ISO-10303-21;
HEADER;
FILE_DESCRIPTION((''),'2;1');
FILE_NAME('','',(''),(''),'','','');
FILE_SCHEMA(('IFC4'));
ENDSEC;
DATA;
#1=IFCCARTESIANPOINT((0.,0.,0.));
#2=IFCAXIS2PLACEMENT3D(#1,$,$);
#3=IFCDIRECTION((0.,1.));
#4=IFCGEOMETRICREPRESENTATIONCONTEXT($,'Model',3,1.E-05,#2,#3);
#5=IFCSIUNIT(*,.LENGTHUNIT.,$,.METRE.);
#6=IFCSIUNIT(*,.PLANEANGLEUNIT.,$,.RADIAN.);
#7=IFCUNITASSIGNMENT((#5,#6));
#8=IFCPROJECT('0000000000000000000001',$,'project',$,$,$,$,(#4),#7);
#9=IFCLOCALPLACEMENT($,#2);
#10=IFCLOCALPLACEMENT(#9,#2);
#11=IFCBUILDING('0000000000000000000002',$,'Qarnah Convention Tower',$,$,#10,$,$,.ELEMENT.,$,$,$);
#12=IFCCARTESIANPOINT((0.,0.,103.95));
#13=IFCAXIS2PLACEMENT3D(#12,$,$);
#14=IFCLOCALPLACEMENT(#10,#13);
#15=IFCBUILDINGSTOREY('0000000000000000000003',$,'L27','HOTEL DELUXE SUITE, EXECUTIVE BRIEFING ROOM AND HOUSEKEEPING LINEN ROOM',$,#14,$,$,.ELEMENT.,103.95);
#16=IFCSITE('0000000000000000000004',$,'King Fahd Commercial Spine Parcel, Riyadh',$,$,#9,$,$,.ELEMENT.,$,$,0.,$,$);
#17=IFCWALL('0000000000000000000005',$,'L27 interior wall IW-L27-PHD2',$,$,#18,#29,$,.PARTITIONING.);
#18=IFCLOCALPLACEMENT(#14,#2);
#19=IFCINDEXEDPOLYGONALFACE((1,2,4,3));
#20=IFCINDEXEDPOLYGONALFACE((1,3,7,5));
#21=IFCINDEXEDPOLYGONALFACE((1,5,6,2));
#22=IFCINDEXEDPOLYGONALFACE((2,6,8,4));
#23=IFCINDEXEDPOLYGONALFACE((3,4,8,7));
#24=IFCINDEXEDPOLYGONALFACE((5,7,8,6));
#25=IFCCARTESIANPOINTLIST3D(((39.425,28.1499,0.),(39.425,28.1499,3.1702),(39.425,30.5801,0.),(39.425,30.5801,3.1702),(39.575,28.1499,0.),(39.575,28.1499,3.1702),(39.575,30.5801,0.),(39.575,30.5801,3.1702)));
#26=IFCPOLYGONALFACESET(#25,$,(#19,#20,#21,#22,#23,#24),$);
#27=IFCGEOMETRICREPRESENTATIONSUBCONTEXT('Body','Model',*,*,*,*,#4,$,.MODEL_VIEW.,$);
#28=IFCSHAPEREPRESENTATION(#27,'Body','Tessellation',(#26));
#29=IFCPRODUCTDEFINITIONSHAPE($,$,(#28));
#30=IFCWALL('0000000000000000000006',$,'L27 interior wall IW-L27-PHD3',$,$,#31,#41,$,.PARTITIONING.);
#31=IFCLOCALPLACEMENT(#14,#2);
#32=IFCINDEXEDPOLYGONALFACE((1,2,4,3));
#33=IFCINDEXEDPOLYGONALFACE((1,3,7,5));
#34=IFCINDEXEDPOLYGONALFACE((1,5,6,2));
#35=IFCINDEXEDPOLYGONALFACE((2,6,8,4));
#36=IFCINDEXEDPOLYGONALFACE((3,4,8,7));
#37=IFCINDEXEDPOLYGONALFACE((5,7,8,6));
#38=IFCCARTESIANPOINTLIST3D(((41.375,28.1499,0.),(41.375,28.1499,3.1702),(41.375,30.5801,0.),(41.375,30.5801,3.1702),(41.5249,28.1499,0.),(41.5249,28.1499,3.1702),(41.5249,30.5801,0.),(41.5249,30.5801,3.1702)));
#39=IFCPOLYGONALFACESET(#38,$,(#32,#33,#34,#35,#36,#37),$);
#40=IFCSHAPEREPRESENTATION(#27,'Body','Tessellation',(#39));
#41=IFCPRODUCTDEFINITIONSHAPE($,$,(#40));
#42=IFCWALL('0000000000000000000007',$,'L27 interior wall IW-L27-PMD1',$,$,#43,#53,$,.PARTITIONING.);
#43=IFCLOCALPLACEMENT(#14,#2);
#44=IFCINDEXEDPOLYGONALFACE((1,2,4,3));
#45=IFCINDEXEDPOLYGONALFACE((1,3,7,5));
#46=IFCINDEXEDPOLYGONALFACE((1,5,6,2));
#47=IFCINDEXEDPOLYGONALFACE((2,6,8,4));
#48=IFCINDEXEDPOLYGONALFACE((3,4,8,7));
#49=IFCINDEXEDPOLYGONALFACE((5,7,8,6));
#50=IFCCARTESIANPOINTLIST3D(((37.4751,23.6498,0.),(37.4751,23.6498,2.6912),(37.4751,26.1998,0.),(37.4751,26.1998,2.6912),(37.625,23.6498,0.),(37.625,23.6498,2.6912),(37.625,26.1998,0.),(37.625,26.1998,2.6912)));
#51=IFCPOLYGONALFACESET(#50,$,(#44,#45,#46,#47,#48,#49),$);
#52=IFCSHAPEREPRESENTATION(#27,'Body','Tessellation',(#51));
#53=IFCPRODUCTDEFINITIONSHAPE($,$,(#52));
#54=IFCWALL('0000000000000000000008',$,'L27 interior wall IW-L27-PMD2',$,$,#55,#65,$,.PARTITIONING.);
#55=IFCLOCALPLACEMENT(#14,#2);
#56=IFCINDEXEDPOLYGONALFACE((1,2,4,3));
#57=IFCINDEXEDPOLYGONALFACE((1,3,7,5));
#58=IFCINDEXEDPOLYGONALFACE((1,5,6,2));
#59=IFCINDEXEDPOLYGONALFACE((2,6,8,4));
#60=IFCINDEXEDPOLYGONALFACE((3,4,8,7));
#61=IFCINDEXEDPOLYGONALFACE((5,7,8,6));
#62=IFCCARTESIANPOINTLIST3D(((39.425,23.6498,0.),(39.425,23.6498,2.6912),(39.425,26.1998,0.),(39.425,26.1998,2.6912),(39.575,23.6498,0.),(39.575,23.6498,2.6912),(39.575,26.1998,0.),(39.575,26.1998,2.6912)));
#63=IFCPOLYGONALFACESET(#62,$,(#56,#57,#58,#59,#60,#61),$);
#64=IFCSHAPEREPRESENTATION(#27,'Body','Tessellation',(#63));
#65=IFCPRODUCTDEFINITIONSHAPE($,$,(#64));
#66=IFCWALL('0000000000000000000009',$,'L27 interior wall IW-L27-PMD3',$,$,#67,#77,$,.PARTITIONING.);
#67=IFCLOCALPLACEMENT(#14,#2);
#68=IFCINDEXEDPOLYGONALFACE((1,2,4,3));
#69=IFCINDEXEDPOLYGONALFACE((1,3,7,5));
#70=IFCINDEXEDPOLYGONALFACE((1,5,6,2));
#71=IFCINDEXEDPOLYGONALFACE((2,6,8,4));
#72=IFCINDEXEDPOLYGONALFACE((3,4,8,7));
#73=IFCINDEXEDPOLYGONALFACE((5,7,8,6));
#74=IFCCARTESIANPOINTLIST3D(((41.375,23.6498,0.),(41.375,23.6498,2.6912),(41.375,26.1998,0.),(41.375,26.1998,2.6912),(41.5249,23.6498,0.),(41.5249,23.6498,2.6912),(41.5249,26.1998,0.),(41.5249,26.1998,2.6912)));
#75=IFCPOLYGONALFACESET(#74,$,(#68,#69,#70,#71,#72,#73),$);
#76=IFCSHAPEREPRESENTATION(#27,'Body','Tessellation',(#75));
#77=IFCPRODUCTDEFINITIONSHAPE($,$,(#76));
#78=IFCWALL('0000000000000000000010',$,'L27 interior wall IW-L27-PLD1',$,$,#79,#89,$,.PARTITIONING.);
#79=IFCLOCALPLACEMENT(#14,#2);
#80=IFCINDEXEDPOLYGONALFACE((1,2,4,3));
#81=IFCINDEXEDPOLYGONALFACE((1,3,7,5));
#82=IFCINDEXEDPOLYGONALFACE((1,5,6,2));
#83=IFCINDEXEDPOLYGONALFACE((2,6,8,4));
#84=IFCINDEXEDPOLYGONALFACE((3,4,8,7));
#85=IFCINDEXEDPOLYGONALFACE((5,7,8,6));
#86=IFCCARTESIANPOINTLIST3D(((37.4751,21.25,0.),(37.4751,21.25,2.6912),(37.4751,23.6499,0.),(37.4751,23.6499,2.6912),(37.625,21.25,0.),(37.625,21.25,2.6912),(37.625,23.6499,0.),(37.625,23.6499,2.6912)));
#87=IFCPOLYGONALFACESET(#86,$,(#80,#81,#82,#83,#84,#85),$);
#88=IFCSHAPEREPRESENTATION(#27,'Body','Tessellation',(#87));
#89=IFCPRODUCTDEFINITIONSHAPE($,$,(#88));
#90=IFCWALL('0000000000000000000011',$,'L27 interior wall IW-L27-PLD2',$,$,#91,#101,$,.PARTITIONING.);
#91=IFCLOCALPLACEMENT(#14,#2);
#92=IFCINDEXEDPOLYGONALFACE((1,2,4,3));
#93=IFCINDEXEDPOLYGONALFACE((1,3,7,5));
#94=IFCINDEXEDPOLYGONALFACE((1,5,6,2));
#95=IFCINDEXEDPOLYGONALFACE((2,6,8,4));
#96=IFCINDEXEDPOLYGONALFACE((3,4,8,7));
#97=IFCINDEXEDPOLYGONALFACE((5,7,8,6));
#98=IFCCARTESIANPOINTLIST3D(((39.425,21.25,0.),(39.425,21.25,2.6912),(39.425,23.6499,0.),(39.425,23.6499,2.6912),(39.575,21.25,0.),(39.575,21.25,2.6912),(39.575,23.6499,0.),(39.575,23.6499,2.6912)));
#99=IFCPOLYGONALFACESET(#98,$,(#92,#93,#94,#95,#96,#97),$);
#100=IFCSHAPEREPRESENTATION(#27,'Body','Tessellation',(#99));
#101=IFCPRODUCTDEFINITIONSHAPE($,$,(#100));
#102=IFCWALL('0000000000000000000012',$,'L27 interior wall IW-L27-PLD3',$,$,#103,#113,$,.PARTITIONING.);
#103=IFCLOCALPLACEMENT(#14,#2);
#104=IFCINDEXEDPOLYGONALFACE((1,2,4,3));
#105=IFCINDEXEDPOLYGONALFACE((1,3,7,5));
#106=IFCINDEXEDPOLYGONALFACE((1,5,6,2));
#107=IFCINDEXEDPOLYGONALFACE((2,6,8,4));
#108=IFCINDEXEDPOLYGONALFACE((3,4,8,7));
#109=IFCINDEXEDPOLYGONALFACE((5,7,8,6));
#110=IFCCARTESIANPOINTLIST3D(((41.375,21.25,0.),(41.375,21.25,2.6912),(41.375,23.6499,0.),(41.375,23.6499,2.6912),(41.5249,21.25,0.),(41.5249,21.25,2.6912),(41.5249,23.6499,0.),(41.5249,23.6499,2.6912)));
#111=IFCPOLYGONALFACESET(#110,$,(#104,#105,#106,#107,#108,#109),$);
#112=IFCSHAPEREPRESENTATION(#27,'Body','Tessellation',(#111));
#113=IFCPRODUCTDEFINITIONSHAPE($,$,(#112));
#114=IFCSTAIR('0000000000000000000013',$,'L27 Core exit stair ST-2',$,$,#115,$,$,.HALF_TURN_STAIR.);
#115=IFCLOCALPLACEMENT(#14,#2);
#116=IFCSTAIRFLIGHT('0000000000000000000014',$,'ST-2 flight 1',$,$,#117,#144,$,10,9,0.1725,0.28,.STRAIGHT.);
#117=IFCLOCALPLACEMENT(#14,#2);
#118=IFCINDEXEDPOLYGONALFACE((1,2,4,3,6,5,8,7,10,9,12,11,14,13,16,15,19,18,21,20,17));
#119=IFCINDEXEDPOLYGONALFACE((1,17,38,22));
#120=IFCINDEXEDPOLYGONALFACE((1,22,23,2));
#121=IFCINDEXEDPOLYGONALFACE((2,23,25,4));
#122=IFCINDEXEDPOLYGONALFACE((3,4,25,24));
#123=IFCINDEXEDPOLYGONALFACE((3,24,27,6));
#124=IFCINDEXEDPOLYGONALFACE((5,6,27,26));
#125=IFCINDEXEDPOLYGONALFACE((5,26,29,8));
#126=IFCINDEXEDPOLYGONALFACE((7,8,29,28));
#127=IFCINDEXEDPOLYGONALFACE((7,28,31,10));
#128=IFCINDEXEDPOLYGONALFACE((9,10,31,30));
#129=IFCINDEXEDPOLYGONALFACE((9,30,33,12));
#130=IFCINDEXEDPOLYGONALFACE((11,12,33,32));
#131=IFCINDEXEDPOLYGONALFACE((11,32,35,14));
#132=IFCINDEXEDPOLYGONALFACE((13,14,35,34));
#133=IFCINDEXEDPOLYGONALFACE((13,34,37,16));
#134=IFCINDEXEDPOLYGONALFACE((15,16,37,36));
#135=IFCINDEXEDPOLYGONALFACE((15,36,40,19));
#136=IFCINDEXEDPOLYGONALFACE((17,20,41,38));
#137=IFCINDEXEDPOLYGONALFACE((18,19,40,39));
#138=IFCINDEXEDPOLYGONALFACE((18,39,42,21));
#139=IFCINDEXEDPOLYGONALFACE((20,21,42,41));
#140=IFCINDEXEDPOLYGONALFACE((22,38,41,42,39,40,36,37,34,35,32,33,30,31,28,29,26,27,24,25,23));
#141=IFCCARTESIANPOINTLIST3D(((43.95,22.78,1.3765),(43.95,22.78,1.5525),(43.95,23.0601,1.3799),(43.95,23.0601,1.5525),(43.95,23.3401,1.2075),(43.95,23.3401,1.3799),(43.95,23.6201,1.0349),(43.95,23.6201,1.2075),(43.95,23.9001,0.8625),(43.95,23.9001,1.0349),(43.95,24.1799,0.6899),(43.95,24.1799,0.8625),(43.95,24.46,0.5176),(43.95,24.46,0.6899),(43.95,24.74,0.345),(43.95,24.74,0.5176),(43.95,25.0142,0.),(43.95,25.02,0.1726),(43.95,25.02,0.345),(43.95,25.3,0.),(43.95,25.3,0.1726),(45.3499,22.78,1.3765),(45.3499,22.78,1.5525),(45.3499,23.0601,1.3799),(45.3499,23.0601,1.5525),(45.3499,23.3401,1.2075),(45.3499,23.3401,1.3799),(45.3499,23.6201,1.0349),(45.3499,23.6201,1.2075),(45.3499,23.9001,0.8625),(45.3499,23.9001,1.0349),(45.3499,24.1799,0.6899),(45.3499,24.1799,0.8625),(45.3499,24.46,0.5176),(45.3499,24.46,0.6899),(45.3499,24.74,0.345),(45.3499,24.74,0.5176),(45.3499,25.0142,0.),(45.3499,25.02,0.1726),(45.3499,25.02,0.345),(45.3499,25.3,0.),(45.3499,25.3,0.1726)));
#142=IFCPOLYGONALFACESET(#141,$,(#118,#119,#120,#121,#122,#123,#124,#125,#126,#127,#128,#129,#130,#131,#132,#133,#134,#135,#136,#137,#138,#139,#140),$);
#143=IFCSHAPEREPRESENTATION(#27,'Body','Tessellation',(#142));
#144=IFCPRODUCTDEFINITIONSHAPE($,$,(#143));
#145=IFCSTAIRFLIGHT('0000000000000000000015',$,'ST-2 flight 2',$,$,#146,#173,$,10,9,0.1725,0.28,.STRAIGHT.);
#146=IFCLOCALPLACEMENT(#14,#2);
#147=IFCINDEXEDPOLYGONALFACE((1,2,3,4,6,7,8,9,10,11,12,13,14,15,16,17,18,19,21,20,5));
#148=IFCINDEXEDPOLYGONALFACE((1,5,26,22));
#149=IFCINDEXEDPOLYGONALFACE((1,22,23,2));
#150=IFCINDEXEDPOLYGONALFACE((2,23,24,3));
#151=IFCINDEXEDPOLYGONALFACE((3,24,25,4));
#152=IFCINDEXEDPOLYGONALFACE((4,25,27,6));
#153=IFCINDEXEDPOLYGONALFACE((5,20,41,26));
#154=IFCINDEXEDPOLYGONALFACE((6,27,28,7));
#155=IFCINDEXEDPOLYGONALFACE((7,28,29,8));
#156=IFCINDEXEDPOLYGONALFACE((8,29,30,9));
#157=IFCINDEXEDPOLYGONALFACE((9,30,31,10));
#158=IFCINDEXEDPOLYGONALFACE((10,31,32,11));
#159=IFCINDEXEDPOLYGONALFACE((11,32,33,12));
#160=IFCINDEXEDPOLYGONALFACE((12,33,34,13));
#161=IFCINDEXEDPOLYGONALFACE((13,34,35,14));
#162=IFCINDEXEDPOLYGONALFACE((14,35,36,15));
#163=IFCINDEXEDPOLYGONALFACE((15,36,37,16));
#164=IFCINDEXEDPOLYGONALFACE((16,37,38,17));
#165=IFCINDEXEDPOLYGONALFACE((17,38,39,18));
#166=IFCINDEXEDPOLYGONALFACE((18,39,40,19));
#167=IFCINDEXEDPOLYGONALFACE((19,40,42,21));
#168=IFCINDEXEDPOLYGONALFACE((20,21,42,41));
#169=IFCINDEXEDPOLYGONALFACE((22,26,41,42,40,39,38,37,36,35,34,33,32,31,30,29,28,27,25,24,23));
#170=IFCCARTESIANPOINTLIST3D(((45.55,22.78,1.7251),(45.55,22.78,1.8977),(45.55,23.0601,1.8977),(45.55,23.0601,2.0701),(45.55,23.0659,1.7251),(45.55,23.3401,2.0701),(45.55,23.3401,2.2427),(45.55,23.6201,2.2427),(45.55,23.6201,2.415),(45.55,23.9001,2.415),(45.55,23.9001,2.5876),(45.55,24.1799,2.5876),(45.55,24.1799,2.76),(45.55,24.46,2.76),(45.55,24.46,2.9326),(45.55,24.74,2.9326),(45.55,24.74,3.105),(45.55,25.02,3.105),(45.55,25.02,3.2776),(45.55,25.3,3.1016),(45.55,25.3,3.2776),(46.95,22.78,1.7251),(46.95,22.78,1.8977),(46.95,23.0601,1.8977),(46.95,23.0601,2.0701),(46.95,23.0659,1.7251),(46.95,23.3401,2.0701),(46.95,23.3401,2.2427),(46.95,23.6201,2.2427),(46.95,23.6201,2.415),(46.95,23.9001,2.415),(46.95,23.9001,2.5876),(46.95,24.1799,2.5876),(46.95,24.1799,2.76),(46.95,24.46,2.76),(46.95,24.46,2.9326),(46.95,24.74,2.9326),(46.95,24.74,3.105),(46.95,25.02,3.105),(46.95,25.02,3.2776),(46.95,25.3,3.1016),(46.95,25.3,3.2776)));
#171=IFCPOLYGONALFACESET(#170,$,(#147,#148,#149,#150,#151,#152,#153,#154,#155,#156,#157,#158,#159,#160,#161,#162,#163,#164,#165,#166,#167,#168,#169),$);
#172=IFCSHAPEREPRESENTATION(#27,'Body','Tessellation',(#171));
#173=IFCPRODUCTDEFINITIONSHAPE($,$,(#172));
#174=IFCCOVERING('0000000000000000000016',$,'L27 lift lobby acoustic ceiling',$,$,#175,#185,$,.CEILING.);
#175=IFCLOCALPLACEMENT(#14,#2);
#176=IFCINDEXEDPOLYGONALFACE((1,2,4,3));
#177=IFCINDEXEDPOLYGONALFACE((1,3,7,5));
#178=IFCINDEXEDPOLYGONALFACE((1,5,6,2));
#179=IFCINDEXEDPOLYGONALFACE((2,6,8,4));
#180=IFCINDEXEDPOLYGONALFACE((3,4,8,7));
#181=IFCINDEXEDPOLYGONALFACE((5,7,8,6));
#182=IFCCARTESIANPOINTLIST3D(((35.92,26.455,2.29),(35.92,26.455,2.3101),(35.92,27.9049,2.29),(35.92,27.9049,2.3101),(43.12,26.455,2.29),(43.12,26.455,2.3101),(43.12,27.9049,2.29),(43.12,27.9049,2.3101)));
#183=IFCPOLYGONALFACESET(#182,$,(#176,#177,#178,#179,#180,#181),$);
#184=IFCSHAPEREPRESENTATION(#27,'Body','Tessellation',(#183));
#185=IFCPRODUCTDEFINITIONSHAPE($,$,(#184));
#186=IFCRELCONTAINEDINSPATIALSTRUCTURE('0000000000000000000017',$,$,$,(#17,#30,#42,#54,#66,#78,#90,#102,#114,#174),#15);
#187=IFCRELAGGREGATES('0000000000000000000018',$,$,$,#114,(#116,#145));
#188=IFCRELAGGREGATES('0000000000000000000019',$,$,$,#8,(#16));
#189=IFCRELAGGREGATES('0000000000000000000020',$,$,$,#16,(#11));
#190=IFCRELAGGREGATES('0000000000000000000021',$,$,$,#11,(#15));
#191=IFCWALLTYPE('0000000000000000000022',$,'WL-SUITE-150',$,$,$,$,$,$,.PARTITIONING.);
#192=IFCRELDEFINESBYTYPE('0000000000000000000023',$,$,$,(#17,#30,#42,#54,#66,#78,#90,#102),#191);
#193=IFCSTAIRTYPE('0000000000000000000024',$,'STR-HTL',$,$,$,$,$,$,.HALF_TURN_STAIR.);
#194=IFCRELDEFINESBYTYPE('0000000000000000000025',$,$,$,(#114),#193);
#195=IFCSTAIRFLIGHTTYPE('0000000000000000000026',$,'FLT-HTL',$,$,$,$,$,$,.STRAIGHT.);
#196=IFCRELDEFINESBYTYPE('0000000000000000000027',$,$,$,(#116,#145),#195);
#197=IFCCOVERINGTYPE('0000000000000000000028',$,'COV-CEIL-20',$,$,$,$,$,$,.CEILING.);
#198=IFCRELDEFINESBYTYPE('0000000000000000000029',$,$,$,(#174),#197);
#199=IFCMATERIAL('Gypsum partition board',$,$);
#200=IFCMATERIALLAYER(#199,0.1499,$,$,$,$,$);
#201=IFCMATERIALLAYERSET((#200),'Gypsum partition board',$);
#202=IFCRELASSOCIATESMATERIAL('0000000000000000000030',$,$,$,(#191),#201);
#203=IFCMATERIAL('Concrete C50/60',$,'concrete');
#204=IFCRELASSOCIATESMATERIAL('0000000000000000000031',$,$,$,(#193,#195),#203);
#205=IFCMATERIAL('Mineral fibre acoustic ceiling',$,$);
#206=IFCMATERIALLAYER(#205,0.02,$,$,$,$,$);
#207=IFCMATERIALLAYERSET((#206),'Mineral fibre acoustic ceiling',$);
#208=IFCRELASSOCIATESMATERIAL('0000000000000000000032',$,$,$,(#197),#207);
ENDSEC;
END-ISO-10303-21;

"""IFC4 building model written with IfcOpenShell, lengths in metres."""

from ifc_helpers import new_model, si_unit, direction, frame, frame_2d, origin, origin_2d, place, context, subcontext, project, spatial, polyline, rectangle, outline, extrude, material, layer, layer_set, type_object, element, aggregate, save


model = new_model("IFC4")

# Units and contexts
model_context = context("Model", 3, precision=1e-05, world=origin(), true_north=direction((0.0, 1.0)))
body_context = subcontext(model_context, "Body", "Model", "MODEL_VIEW")
ifc_project = project(units=[si_unit("LENGTHUNIT", "METRE"), si_unit("PLANEANGLEUNIT", "RADIAN")], contexts=[model_context])

# Site, building, storey
site_placement = place(None, origin())
site = spatial("IfcSite", under=ifc_project, at=site_placement, Name="King Fahd Commercial Spine Parcel, Riyadh", CompositionType="ELEMENT", RefElevation=0.0)
building_placement = place(site_placement, origin())
building = spatial("IfcBuilding", under=site, at=building_placement, Name="Qarnah Convention Tower", CompositionType="ELEMENT")
storey_placement = place(building_placement, frame((0.0, 0.0, 103.95)))
storey = spatial("IfcBuildingStorey", under=building, at=storey_placement, Name="L27", Description="HOTEL DELUXE SUITE, EXECUTIVE BRIEFING ROOM AND HOUSEKEEPING LINEN ROOM", CompositionType="ELEMENT", Elevation=103.95)

# Walls
ifc_material_1 = material(Name="Gypsum partition board")
ifc_layer_1 = layer(ifc_material_1, 0.1499)
ifc_layer_set_1 = layer_set([ifc_layer_1], Name="Gypsum partition board")
wall_type_1 = type_object("IfcWallType", Name="WL-SUITE-150", PredefinedType="PARTITIONING", material=ifc_layer_set_1)
for number, where, z_axis, x_axis, name in (
    (1, (39.5, 28.1499, 0.0), (0.0, 0.0, 1.0), (0.0, 1.0, 0.0), "L27 interior wall IW-L27-PHD2"),
    (2, (41.45, 28.1499, 0.0), (0.0, 0.0, 1.0), (0.0, 1.0, 0.0), "L27 interior wall IW-L27-PHD3"),
):
    element("IfcWall", number, at=place(storey_placement, frame(where, z_axis=z_axis, x_axis=x_axis)), inside=storey, type_object=wall_type_1, Name=name, PredefinedType="PARTITIONING", context=body_context, shape_type="SweptSolid", body=[
        extrude(rectangle(XDim=2.4302, YDim=0.1499, at=frame_2d((1.2151, 0.0))), origin(), (0.0, 0.0, 1.0), 3.1702),
    ])
for number, where, z_axis, x_axis, name in (
    (3, (37.55, 23.6499, 0.0), (0.0, 0.0, 1.0), (0.0, 1.0, 0.0), "L27 interior wall IW-L27-PMD1"),
    (4, (39.5, 23.6499, 0.0), (0.0, 0.0, 1.0), (0.0, 1.0, 0.0), "L27 interior wall IW-L27-PMD2"),
    (5, (41.45, 23.6499, 0.0), (0.0, 0.0, 1.0), (0.0, 1.0, 0.0), "L27 interior wall IW-L27-PMD3"),
):
    element("IfcWall", number, at=place(storey_placement, frame(where, z_axis=z_axis, x_axis=x_axis)), inside=storey, type_object=wall_type_1, Name=name, PredefinedType="PARTITIONING", context=body_context, shape_type="SweptSolid", body=[
        extrude(rectangle(XDim=2.55, YDim=0.1499, at=frame_2d((1.2749, 0.0))), origin(), (0.0, 0.0, 1.0), 2.6912),
    ])
for number, where, z_axis, x_axis, name in (
    (6, (37.55, 21.25, 0.0), (0.0, 0.0, 1.0), (0.0, 1.0, 0.0), "L27 interior wall IW-L27-PLD1"),
    (7, (39.5, 21.25, 0.0), (0.0, 0.0, 1.0), (0.0, 1.0, 0.0), "L27 interior wall IW-L27-PLD2"),
    (8, (41.45, 21.25, 0.0), (0.0, 0.0, 1.0), (0.0, 1.0, 0.0), "L27 interior wall IW-L27-PLD3"),
):
    element("IfcWall", number, at=place(storey_placement, frame(where, z_axis=z_axis, x_axis=x_axis)), inside=storey, type_object=wall_type_1, Name=name, PredefinedType="PARTITIONING", context=body_context, shape_type="SweptSolid", body=[
        extrude(rectangle(XDim=2.3999, YDim=0.1499, at=frame_2d((1.2, 0.0))), origin(), (0.0, 0.0, 1.0), 2.6912),
    ])

# Stair, stair flights
ifc_material_2 = material(Name="Concrete C50/60", Category="concrete")
stair_type = type_object("IfcStairType", Name="STR-HTL", PredefinedType="HALF_TURN_STAIR", material=ifc_material_2)
stair_placement = place(storey_placement, origin())
stair = element("IfcStair", 9, at=stair_placement, inside=storey, type_object=stair_type, Name="L27 Core exit stair ST-2", PredefinedType="HALF_TURN_STAIR")
stair_flight_type = type_object("IfcStairFlightType", Name="FLT-HTL", PredefinedType="STRAIGHT", material=ifc_material_2)
stair_flight_1_placement = place(storey_placement, frame((44.6499, 25.3, 0.0), z_axis=(0.0, 0.0, 1.0), x_axis=(0.0, -1.0, 0.0)))
stair_flight_1 = element("IfcStairFlight", 10, at=stair_flight_1_placement, type_object=stair_flight_type, Name="ST-2 flight 1", NumberOfRisers=10, NumberOfTreads=9, PredefinedType="STRAIGHT", RiserHeight=0.1725, TreadLength=0.28, context=body_context, shape_type="SweptSolid", body=[
    extrude(outline(polyline([(0.0, 0.0), (0.0, 0.1726), (0.28, 0.1726), (0.28, 0.345), (0.5601, 0.345), (0.5601, 0.5176), (0.8401, 0.5176), (0.8401, 0.6899), (1.1201, 0.6899), (1.1201, 0.8625), (1.3999, 0.8625), (1.3999, 1.0349), (1.6799, 1.0349), (1.6799, 1.2075), (1.96, 1.2075), (1.96, 1.3799), (2.24, 1.3799), (2.24, 1.5525), (2.52, 1.5525), (2.52, 1.7251), (2.52, 1.3765), (0.2859, 0.0), (0.0, 0.0)])), frame((0.0, 0.7, 0.0), z_axis=(0.0, -1.0, 0.0), x_axis=(1.0, 0.0, 0.0)), (0.0, 0.0, 1.0), 1.3999),
])
stair_flight_2_placement = place(storey_placement, frame((46.25, 22.78, 1.7251), z_axis=(0.0, 0.0, 1.0), x_axis=(0.0, 1.0, 0.0)))
stair_flight_2 = element("IfcStairFlight", 11, at=stair_flight_2_placement, type_object=stair_flight_type, Name="ST-2 flight 2", NumberOfRisers=10, NumberOfTreads=9, PredefinedType="STRAIGHT", RiserHeight=0.1725, TreadLength=0.28, context=body_context, shape_type="SweptSolid", body=[
    extrude(outline(polyline([(0.0, 0.0), (0.0, 0.1726), (0.28, 0.1726), (0.28, 0.345), (0.5601, 0.345), (0.5601, 0.5176), (0.8401, 0.5176), (0.8401, 0.6899), (1.1201, 0.6899), (1.1201, 0.8625), (1.3999, 0.8625), (1.3999, 1.0349), (1.6799, 1.0349), (1.6799, 1.2075), (1.96, 1.2075), (1.96, 1.3799), (2.24, 1.3799), (2.24, 1.5525), (2.52, 1.5525), (2.52, 1.7251), (2.52, 1.3765), (0.2859, 0.0), (0.0, 0.0)])), frame((0.0, 0.7, 0.0), z_axis=(0.0, -1.0, 0.0), x_axis=(1.0, 0.0, 0.0)), (0.0, 0.0, 1.0), 1.3999),
])
aggregate(stair, [stair_flight_1, stair_flight_2])

# Covering
ifc_material_3 = material(Name="Mineral fibre acoustic ceiling")
ifc_layer_2 = layer(ifc_material_3, 0.02)
ifc_layer_set_2 = layer_set([ifc_layer_2], Name="Mineral fibre acoustic ceiling")
covering_type = type_object("IfcCoveringType", Name="COV-CEIL-20", PredefinedType="CEILING", material=ifc_layer_set_2)
covering_placement = place(storey_placement, frame((39.52, 27.1799, 2.29), z_axis=(0.0, 0.0, 1.0), x_axis=(1.0, 0.0, 0.0)))
element("IfcCovering", 12, at=covering_placement, inside=storey, type_object=covering_type, Name="L27 lift lobby acoustic ceiling", PredefinedType="CEILING", context=body_context, shape_type="SweptSolid", body=[
    extrude(rectangle(XDim=7.2, YDim=1.45, at=origin_2d()), origin(), (0.0, 0.0, 1.0), 0.02),
])

save(model, "model.ifc")
